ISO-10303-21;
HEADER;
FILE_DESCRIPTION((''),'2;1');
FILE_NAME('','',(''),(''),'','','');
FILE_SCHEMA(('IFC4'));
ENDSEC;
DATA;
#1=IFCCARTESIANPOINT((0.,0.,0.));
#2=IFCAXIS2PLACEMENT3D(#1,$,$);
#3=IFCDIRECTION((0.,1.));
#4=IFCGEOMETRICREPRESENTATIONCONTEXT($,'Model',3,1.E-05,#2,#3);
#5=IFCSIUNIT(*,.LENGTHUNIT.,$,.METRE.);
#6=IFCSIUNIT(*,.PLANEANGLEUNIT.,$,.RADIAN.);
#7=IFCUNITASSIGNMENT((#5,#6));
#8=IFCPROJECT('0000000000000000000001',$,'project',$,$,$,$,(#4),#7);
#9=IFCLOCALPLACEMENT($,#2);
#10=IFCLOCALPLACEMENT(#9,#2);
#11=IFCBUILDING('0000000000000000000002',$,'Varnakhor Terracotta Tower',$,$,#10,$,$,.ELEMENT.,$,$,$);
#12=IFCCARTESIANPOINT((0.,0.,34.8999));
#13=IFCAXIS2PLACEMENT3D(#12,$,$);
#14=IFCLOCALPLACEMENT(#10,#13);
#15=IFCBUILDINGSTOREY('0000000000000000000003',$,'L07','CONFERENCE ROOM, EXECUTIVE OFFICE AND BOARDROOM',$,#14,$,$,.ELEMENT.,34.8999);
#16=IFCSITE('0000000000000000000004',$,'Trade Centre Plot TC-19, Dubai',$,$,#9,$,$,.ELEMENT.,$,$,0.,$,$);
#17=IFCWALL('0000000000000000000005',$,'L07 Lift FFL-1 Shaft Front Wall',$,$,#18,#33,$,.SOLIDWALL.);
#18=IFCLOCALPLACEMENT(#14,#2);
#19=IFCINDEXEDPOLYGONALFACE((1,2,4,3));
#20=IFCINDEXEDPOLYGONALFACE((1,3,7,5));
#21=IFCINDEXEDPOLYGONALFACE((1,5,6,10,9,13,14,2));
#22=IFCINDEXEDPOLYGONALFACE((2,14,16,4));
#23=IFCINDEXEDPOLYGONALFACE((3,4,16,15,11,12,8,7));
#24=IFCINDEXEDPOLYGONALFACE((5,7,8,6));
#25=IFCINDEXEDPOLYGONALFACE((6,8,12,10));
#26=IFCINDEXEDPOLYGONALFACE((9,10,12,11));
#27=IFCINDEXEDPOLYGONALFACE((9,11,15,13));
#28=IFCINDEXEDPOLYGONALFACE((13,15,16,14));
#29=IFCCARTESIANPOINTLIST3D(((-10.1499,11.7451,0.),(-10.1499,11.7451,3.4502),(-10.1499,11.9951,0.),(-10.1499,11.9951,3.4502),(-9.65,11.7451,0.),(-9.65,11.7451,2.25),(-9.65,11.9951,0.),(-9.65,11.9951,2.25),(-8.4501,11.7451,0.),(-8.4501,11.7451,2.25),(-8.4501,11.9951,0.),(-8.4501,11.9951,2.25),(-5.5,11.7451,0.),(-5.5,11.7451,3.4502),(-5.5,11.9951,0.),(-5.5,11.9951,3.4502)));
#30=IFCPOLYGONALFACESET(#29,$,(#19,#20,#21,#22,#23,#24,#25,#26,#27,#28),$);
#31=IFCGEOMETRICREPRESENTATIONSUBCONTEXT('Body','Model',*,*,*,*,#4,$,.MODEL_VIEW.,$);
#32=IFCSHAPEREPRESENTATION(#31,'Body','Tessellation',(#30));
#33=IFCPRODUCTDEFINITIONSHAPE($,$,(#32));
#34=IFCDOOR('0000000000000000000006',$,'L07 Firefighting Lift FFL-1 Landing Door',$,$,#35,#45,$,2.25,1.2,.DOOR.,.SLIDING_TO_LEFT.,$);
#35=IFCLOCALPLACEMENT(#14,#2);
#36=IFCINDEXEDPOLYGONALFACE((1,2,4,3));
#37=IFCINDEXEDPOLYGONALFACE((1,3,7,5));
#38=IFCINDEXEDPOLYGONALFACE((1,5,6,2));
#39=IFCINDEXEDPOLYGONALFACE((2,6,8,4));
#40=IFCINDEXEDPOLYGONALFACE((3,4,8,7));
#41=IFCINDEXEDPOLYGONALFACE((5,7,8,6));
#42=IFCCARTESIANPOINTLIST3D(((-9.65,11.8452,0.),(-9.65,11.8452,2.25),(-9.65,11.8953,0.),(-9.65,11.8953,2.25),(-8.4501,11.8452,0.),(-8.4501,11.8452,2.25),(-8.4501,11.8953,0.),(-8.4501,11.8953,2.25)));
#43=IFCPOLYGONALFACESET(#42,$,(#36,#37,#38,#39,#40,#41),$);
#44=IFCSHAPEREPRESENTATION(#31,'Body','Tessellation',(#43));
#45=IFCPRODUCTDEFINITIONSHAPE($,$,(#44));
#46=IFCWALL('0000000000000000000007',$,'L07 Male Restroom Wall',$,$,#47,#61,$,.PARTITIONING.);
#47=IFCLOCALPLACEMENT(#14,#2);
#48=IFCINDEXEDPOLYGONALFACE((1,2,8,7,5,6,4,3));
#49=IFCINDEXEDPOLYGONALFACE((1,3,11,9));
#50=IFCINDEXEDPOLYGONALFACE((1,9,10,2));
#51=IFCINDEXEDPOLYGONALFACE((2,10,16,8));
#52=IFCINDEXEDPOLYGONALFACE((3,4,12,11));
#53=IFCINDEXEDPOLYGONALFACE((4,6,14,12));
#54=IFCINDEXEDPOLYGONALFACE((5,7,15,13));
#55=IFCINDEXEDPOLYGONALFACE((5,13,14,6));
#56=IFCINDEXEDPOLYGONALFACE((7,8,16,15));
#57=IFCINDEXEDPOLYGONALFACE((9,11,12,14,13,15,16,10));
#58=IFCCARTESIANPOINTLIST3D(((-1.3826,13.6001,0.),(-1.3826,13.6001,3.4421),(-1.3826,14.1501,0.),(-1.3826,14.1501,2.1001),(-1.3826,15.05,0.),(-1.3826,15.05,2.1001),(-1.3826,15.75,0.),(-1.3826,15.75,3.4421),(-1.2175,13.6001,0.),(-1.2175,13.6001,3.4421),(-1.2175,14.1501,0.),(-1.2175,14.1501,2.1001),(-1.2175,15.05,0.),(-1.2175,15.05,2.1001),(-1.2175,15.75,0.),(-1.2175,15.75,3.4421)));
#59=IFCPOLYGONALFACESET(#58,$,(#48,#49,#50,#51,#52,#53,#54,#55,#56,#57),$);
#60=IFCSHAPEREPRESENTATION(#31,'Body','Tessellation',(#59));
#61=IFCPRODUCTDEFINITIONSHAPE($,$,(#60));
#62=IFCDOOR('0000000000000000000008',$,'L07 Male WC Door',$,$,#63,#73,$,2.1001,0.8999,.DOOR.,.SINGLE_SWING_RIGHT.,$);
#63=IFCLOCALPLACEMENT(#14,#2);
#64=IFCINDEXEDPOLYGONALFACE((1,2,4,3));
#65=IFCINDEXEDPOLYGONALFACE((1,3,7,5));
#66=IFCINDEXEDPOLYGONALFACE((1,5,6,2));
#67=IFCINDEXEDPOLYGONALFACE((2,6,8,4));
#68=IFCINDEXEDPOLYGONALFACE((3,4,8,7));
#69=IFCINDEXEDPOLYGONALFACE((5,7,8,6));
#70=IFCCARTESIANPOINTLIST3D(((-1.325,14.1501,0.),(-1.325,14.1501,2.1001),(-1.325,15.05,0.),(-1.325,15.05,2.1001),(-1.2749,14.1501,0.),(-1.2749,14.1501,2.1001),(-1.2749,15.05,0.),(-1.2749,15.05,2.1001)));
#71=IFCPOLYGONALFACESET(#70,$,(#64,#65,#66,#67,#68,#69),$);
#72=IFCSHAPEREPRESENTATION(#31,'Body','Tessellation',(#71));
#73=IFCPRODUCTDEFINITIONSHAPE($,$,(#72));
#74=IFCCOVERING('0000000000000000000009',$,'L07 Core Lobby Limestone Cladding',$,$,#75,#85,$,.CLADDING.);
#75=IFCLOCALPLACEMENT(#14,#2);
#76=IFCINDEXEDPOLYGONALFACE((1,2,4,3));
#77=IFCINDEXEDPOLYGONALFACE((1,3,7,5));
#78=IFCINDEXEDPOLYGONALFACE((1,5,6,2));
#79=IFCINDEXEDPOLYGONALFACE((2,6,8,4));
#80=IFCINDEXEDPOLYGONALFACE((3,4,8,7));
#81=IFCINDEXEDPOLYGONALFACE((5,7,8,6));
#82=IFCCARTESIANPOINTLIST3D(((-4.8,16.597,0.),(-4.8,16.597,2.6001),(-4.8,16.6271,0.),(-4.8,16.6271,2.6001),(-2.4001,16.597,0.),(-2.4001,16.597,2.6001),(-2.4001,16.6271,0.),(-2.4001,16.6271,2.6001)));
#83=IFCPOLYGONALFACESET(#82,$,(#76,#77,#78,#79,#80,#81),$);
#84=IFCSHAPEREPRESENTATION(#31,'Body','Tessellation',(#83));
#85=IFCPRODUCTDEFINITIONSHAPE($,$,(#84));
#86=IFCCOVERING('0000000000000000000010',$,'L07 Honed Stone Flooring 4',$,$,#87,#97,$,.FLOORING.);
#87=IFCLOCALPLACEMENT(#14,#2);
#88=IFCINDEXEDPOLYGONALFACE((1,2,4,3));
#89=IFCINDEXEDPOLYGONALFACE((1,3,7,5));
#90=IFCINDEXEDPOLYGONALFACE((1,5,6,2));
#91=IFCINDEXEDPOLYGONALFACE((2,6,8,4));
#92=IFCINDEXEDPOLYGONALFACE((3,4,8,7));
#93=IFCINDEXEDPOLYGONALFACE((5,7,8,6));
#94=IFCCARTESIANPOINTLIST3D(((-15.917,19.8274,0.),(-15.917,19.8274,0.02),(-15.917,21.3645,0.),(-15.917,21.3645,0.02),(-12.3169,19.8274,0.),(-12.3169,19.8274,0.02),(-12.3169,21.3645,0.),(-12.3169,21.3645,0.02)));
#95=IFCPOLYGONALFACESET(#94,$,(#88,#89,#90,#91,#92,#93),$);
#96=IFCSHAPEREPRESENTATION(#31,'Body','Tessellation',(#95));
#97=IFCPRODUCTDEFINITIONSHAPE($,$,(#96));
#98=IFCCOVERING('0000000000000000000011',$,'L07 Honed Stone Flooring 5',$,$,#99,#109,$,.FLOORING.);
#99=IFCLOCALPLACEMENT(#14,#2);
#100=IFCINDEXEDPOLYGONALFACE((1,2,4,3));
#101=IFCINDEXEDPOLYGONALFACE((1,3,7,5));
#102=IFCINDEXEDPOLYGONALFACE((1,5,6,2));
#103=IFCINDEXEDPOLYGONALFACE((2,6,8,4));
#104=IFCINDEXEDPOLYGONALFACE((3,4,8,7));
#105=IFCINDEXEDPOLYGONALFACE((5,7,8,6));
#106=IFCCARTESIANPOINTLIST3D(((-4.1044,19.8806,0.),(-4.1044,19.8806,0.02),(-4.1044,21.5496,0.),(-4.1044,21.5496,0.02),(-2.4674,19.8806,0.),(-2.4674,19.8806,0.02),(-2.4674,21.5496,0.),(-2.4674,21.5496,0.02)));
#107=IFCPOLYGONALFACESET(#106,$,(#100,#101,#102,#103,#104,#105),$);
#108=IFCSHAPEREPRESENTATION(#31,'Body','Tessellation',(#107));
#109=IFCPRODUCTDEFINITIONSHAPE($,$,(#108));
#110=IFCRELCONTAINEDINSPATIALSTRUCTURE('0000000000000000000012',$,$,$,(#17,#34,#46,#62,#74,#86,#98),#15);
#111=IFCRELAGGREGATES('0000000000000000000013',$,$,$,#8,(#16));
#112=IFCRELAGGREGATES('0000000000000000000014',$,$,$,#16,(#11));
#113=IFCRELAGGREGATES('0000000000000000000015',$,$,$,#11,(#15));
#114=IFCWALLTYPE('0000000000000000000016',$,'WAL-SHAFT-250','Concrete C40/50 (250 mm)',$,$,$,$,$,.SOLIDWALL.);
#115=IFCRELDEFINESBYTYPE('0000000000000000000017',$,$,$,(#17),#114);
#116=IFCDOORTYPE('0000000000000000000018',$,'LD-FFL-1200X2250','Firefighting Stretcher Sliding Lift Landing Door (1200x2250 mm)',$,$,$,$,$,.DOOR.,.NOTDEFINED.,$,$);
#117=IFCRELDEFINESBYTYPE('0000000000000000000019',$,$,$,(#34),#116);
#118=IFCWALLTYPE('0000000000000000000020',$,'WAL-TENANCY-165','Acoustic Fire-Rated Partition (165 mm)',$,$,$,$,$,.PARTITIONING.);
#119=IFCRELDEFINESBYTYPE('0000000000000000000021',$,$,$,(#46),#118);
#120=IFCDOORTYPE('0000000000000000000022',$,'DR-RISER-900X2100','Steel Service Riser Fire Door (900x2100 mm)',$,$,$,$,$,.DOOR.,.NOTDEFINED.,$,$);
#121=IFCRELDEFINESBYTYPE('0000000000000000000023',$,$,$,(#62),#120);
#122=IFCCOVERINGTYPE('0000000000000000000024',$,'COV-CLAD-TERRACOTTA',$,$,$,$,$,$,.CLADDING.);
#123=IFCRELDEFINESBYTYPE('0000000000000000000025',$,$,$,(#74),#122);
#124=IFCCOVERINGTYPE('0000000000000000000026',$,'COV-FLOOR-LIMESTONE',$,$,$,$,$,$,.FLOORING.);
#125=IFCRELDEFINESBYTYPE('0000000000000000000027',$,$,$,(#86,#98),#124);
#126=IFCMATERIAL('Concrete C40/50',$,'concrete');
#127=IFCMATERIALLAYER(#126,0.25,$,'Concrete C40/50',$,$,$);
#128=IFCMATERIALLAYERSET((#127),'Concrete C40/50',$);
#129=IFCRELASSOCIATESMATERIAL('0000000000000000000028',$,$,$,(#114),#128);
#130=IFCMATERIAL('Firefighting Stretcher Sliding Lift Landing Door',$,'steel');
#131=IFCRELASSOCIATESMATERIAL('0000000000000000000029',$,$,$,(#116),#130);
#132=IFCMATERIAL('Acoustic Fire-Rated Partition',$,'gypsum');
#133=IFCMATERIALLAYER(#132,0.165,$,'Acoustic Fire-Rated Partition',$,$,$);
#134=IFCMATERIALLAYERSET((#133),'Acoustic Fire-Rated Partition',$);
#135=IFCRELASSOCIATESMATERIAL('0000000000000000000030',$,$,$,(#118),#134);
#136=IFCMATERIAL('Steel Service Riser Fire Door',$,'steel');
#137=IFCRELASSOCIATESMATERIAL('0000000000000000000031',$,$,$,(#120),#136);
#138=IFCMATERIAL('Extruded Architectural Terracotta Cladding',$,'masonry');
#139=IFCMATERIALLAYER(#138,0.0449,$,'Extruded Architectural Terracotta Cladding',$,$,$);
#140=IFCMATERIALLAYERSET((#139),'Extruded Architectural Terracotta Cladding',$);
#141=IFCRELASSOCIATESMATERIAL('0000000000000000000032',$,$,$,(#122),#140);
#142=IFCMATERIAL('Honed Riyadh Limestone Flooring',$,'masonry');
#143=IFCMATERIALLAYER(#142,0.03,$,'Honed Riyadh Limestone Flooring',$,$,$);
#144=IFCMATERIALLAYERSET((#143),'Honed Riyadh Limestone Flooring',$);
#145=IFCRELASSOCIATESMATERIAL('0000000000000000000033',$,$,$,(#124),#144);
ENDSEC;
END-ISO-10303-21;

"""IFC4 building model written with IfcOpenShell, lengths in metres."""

from ifc_helpers import new_model, si_unit, direction, frame, frame_2d, origin, origin_2d, place, context, subcontext, project, spatial, rectangle, extrude, source, transform, mapped, material, layer, layer_set, type_object, type_shapes, element, fill, save


model = new_model("IFC4")

# Units and contexts
model_context = context("Model", 3, precision=1e-05, world=origin(), true_north=direction((0.0, 1.0)))
body_context = subcontext(model_context, "Body", "Model", "MODEL_VIEW")
ifc_project = project(units=[si_unit("LENGTHUNIT", "METRE"), si_unit("PLANEANGLEUNIT", "RADIAN")], contexts=[model_context])

# Site, building, storey
site_placement = place(None, origin())
site = spatial("IfcSite", under=ifc_project, at=site_placement, Name="Trade Centre Plot TC-19, Dubai", CompositionType="ELEMENT", RefElevation=0.0)
building_placement = place(site_placement, origin())
building = spatial("IfcBuilding", under=site, at=building_placement, Name="Varnakhor Terracotta Tower", CompositionType="ELEMENT")
storey_placement = place(building_placement, frame((0.0, 0.0, 34.8999)))
storey = spatial("IfcBuildingStorey", under=building, at=storey_placement, Name="L07", Description="CONFERENCE ROOM, EXECUTIVE OFFICE AND BOARDROOM", CompositionType="ELEMENT", Elevation=34.8999)

# Shared definitions
ifc_material_1 = material(Name="Concrete C40/50", Category="concrete")

# Walls, openings, doors
ifc_layer_1 = layer(ifc_material_1, 0.25, Name="Concrete C40/50")
ifc_layer_set_1 = layer_set([ifc_layer_1], Name="Concrete C40/50")
wall_type_1 = type_object("IfcWallType", Name="WAL-SHAFT-250", Description="Concrete C40/50 (250 mm)", PredefinedType="SOLIDWALL", material=ifc_layer_set_1)
wall_1_placement = place(storey_placement, frame((-5.5, 11.8701, 0.0), z_axis=(0.0, 0.0, 1.0), x_axis=(-1.0, 0.0, 0.0)))
wall_1 = element("IfcWall", 1, at=wall_1_placement, inside=storey, type_object=wall_type_1, Name="L07 Lift FFL-1 Shaft Front Wall", PredefinedType="SOLIDWALL", context=body_context, shape_type="SweptSolid", body=[
    extrude(rectangle(XDim=4.6499, YDim=0.25, at=frame_2d((2.325, 0.0))), origin(), (0.0, 0.0, 1.0), 3.4502),
])
opening_1_placement = place(wall_1_placement, frame((2.95, 0.0, 0.0)))
opening_1 = element("IfcOpeningElement", 2, at=opening_1_placement, cuts=wall_1, PredefinedType="OPENING", context=body_context, shape_type="SweptSolid", body=[
    extrude(rectangle(XDim=1.2, YDim=2.25, at=frame_2d((0.6001, 1.125))), frame((0.0, 0.135, 0.0), z_axis=(0.0, -1.0, 0.0), x_axis=(1.0, 0.0, 0.0)), (0.0, 0.0, 1.0), 0.27),
])
ifc_material_2 = material(Name="Firefighting Stretcher Sliding Lift Landing Door", Category="steel")
door_type_1 = type_object("IfcDoorType", Name="LD-FFL-1200X2250", Description="Firefighting Stretcher Sliding Lift Landing Door (1200x2250 mm)", OperationType="NOTDEFINED", PredefinedType="DOOR", material=ifc_material_2)
shared_shape_1 = source(origin(), body_context, "Body", "SweptSolid", [
    extrude(rectangle(XDim=1.2, YDim=2.25, at=frame_2d((0.6001, 1.125))), frame((0.0, 0.0249, 0.0), z_axis=(0.0, -1.0, 0.0), x_axis=(1.0, 0.0, 0.0)), (0.0, 0.0, 1.0), 0.05),
])
type_shapes(door_type_1, [shared_shape_1])
door_1_placement = place(opening_1_placement, origin())
door_1 = element("IfcDoor", 3, at=door_1_placement, inside=storey, type_object=door_type_1, Name="L07 Firefighting Lift FFL-1 Landing Door", OperationType="SLIDING_TO_LEFT", OverallHeight=2.25, OverallWidth=1.2, PredefinedType="DOOR", context=body_context, shape_type="MappedRepresentation", body=[
    mapped(shared_shape_1, transform((0.0, 0.0, 0.0), scale=1.0)),
])
fill(opening_1, door_1)
ifc_material_3 = material(Name="Acoustic Fire-Rated Partition", Category="gypsum")
ifc_layer_2 = layer(ifc_material_3, 0.165, Name="Acoustic Fire-Rated Partition")
ifc_layer_set_2 = layer_set([ifc_layer_2], Name="Acoustic Fire-Rated Partition")
wall_type_2 = type_object("IfcWallType", Name="WAL-TENANCY-165", Description="Acoustic Fire-Rated Partition (165 mm)", PredefinedType="PARTITIONING", material=ifc_layer_set_2)
wall_2_placement = place(storey_placement, frame((-1.3, 13.6001, 0.0), z_axis=(0.0, 0.0, 1.0), x_axis=(0.0, 1.0, 0.0)))
wall_2 = element("IfcWall", 4, at=wall_2_placement, inside=storey, type_object=wall_type_2, Name="L07 Male Restroom Wall", PredefinedType="PARTITIONING", context=body_context, shape_type="SweptSolid", body=[
    extrude(rectangle(XDim=2.1499, YDim=0.165, at=frame_2d((1.075, 0.0))), origin(), (0.0, 0.0, 1.0), 3.4421),
])
opening_2_placement = place(wall_2_placement, frame((0.55, 0.0, 0.0)))
opening_2 = element("IfcOpeningElement", 5, at=opening_2_placement, cuts=wall_2, PredefinedType="OPENING", context=body_context, shape_type="SweptSolid", body=[
    extrude(rectangle(XDim=0.8999, YDim=2.1001, at=frame_2d((0.45, 1.05))), frame((0.0, 0.0925, 0.0), z_axis=(0.0, -1.0, 0.0), x_axis=(1.0, 0.0, 0.0)), (0.0, 0.0, 1.0), 0.1851),
])
ifc_material_4 = material(Name="Steel Service Riser Fire Door", Category="steel")
door_type_2 = type_object("IfcDoorType", Name="DR-RISER-900X2100", Description="Steel Service Riser Fire Door (900x2100 mm)", OperationType="NOTDEFINED", PredefinedType="DOOR", material=ifc_material_4)
shared_shape_2 = source(origin(), body_context, "Body", "SweptSolid", [
    extrude(rectangle(XDim=0.8999, YDim=2.1001, at=frame_2d((0.45, 1.05))), frame((0.0, 0.0249, 0.0), z_axis=(0.0, -1.0, 0.0), x_axis=(1.0, 0.0, 0.0)), (0.0, 0.0, 1.0), 0.05),
])
type_shapes(door_type_2, [shared_shape_2])
door_2_placement = place(opening_2_placement, origin())
door_2 = element("IfcDoor", 6, at=door_2_placement, inside=storey, type_object=door_type_2, Name="L07 Male WC Door", OperationType="SINGLE_SWING_RIGHT", OverallHeight=2.1001, OverallWidth=0.8999, PredefinedType="DOOR", context=body_context, shape_type="MappedRepresentation", body=[
    mapped(shared_shape_2, transform((0.0, 0.0, 0.0), scale=1.0)),
])
fill(opening_2, door_2)

# Coverings
ifc_material_5 = material(Name="Extruded Architectural Terracotta Cladding", Category="masonry")
ifc_layer_3 = layer(ifc_material_5, 0.0449, Name="Extruded Architectural Terracotta Cladding")
ifc_layer_set_3 = layer_set([ifc_layer_3], Name="Extruded Architectural Terracotta Cladding")
covering_type_1 = type_object("IfcCoveringType", Name="COV-CLAD-TERRACOTTA", PredefinedType="CLADDING", material=ifc_layer_set_3)
shared_shape_3 = source(origin(), body_context, "Body", "SweptSolid", [
    extrude(rectangle(XDim=2.3999, YDim=0.03, at=origin_2d()), origin(), (0.0, 0.0, 1.0), 2.6001),
])
type_shapes(covering_type_1, [shared_shape_3])
covering_1_placement = place(storey_placement, frame((-3.6001, 16.6121, 0.0), z_axis=(0.0, 0.0, 1.0), x_axis=(1.0, 0.0, 0.0)))
element("IfcCovering", 7, at=covering_1_placement, inside=storey, type_object=covering_type_1, Name="L07 Core Lobby Limestone Cladding", PredefinedType="CLADDING", context=body_context, shape_type="MappedRepresentation", body=[
    mapped(shared_shape_3, transform((0.0, 0.0, 0.0), scale=1.0)),
])
ifc_material_6 = material(Name="Honed Riyadh Limestone Flooring", Category="masonry")
ifc_layer_4 = layer(ifc_material_6, 0.03, Name="Honed Riyadh Limestone Flooring")
ifc_layer_set_4 = layer_set([ifc_layer_4], Name="Honed Riyadh Limestone Flooring")
covering_type_2 = type_object("IfcCoveringType", Name="COV-FLOOR-LIMESTONE", PredefinedType="FLOORING", material=ifc_layer_set_4)
shared_shape_4 = source(origin(), body_context, "Body", "SweptSolid", [
    extrude(rectangle(XDim=3.6001, YDim=1.5371, at=origin_2d()), origin(), (0.0, 0.0, 1.0), 0.02),
])
covering_2_placement = place(storey_placement, frame((-14.1169, 20.5959, 0.0), z_axis=(0.0, 0.0, 1.0), x_axis=(1.0, 0.0, 0.0)))
element("IfcCovering", 8, at=covering_2_placement, inside=storey, type_object=covering_type_2, Name="L07 Honed Stone Flooring 4", PredefinedType="FLOORING", context=body_context, shape_type="MappedRepresentation", body=[
    mapped(shared_shape_4, transform((0.0, 0.0, 0.0), scale=1.0)),
])
shared_shape_5 = source(origin(), body_context, "Body", "SweptSolid", [
    extrude(rectangle(XDim=1.637, YDim=1.6689, at=origin_2d()), origin(), (0.0, 0.0, 1.0), 0.02),
])
covering_3_placement = place(storey_placement, frame((-3.2859, 20.7151, 0.0), z_axis=(0.0, 0.0, 1.0), x_axis=(1.0, 0.0, 0.0)))
element("IfcCovering", 9, at=covering_3_placement, inside=storey, type_object=covering_type_2, Name="L07 Honed Stone Flooring 5", PredefinedType="FLOORING", context=body_context, shape_type="MappedRepresentation", body=[
    mapped(shared_shape_5, transform((0.0, 0.0, 0.0), scale=1.0)),
])

save(model, "model.ifc")
